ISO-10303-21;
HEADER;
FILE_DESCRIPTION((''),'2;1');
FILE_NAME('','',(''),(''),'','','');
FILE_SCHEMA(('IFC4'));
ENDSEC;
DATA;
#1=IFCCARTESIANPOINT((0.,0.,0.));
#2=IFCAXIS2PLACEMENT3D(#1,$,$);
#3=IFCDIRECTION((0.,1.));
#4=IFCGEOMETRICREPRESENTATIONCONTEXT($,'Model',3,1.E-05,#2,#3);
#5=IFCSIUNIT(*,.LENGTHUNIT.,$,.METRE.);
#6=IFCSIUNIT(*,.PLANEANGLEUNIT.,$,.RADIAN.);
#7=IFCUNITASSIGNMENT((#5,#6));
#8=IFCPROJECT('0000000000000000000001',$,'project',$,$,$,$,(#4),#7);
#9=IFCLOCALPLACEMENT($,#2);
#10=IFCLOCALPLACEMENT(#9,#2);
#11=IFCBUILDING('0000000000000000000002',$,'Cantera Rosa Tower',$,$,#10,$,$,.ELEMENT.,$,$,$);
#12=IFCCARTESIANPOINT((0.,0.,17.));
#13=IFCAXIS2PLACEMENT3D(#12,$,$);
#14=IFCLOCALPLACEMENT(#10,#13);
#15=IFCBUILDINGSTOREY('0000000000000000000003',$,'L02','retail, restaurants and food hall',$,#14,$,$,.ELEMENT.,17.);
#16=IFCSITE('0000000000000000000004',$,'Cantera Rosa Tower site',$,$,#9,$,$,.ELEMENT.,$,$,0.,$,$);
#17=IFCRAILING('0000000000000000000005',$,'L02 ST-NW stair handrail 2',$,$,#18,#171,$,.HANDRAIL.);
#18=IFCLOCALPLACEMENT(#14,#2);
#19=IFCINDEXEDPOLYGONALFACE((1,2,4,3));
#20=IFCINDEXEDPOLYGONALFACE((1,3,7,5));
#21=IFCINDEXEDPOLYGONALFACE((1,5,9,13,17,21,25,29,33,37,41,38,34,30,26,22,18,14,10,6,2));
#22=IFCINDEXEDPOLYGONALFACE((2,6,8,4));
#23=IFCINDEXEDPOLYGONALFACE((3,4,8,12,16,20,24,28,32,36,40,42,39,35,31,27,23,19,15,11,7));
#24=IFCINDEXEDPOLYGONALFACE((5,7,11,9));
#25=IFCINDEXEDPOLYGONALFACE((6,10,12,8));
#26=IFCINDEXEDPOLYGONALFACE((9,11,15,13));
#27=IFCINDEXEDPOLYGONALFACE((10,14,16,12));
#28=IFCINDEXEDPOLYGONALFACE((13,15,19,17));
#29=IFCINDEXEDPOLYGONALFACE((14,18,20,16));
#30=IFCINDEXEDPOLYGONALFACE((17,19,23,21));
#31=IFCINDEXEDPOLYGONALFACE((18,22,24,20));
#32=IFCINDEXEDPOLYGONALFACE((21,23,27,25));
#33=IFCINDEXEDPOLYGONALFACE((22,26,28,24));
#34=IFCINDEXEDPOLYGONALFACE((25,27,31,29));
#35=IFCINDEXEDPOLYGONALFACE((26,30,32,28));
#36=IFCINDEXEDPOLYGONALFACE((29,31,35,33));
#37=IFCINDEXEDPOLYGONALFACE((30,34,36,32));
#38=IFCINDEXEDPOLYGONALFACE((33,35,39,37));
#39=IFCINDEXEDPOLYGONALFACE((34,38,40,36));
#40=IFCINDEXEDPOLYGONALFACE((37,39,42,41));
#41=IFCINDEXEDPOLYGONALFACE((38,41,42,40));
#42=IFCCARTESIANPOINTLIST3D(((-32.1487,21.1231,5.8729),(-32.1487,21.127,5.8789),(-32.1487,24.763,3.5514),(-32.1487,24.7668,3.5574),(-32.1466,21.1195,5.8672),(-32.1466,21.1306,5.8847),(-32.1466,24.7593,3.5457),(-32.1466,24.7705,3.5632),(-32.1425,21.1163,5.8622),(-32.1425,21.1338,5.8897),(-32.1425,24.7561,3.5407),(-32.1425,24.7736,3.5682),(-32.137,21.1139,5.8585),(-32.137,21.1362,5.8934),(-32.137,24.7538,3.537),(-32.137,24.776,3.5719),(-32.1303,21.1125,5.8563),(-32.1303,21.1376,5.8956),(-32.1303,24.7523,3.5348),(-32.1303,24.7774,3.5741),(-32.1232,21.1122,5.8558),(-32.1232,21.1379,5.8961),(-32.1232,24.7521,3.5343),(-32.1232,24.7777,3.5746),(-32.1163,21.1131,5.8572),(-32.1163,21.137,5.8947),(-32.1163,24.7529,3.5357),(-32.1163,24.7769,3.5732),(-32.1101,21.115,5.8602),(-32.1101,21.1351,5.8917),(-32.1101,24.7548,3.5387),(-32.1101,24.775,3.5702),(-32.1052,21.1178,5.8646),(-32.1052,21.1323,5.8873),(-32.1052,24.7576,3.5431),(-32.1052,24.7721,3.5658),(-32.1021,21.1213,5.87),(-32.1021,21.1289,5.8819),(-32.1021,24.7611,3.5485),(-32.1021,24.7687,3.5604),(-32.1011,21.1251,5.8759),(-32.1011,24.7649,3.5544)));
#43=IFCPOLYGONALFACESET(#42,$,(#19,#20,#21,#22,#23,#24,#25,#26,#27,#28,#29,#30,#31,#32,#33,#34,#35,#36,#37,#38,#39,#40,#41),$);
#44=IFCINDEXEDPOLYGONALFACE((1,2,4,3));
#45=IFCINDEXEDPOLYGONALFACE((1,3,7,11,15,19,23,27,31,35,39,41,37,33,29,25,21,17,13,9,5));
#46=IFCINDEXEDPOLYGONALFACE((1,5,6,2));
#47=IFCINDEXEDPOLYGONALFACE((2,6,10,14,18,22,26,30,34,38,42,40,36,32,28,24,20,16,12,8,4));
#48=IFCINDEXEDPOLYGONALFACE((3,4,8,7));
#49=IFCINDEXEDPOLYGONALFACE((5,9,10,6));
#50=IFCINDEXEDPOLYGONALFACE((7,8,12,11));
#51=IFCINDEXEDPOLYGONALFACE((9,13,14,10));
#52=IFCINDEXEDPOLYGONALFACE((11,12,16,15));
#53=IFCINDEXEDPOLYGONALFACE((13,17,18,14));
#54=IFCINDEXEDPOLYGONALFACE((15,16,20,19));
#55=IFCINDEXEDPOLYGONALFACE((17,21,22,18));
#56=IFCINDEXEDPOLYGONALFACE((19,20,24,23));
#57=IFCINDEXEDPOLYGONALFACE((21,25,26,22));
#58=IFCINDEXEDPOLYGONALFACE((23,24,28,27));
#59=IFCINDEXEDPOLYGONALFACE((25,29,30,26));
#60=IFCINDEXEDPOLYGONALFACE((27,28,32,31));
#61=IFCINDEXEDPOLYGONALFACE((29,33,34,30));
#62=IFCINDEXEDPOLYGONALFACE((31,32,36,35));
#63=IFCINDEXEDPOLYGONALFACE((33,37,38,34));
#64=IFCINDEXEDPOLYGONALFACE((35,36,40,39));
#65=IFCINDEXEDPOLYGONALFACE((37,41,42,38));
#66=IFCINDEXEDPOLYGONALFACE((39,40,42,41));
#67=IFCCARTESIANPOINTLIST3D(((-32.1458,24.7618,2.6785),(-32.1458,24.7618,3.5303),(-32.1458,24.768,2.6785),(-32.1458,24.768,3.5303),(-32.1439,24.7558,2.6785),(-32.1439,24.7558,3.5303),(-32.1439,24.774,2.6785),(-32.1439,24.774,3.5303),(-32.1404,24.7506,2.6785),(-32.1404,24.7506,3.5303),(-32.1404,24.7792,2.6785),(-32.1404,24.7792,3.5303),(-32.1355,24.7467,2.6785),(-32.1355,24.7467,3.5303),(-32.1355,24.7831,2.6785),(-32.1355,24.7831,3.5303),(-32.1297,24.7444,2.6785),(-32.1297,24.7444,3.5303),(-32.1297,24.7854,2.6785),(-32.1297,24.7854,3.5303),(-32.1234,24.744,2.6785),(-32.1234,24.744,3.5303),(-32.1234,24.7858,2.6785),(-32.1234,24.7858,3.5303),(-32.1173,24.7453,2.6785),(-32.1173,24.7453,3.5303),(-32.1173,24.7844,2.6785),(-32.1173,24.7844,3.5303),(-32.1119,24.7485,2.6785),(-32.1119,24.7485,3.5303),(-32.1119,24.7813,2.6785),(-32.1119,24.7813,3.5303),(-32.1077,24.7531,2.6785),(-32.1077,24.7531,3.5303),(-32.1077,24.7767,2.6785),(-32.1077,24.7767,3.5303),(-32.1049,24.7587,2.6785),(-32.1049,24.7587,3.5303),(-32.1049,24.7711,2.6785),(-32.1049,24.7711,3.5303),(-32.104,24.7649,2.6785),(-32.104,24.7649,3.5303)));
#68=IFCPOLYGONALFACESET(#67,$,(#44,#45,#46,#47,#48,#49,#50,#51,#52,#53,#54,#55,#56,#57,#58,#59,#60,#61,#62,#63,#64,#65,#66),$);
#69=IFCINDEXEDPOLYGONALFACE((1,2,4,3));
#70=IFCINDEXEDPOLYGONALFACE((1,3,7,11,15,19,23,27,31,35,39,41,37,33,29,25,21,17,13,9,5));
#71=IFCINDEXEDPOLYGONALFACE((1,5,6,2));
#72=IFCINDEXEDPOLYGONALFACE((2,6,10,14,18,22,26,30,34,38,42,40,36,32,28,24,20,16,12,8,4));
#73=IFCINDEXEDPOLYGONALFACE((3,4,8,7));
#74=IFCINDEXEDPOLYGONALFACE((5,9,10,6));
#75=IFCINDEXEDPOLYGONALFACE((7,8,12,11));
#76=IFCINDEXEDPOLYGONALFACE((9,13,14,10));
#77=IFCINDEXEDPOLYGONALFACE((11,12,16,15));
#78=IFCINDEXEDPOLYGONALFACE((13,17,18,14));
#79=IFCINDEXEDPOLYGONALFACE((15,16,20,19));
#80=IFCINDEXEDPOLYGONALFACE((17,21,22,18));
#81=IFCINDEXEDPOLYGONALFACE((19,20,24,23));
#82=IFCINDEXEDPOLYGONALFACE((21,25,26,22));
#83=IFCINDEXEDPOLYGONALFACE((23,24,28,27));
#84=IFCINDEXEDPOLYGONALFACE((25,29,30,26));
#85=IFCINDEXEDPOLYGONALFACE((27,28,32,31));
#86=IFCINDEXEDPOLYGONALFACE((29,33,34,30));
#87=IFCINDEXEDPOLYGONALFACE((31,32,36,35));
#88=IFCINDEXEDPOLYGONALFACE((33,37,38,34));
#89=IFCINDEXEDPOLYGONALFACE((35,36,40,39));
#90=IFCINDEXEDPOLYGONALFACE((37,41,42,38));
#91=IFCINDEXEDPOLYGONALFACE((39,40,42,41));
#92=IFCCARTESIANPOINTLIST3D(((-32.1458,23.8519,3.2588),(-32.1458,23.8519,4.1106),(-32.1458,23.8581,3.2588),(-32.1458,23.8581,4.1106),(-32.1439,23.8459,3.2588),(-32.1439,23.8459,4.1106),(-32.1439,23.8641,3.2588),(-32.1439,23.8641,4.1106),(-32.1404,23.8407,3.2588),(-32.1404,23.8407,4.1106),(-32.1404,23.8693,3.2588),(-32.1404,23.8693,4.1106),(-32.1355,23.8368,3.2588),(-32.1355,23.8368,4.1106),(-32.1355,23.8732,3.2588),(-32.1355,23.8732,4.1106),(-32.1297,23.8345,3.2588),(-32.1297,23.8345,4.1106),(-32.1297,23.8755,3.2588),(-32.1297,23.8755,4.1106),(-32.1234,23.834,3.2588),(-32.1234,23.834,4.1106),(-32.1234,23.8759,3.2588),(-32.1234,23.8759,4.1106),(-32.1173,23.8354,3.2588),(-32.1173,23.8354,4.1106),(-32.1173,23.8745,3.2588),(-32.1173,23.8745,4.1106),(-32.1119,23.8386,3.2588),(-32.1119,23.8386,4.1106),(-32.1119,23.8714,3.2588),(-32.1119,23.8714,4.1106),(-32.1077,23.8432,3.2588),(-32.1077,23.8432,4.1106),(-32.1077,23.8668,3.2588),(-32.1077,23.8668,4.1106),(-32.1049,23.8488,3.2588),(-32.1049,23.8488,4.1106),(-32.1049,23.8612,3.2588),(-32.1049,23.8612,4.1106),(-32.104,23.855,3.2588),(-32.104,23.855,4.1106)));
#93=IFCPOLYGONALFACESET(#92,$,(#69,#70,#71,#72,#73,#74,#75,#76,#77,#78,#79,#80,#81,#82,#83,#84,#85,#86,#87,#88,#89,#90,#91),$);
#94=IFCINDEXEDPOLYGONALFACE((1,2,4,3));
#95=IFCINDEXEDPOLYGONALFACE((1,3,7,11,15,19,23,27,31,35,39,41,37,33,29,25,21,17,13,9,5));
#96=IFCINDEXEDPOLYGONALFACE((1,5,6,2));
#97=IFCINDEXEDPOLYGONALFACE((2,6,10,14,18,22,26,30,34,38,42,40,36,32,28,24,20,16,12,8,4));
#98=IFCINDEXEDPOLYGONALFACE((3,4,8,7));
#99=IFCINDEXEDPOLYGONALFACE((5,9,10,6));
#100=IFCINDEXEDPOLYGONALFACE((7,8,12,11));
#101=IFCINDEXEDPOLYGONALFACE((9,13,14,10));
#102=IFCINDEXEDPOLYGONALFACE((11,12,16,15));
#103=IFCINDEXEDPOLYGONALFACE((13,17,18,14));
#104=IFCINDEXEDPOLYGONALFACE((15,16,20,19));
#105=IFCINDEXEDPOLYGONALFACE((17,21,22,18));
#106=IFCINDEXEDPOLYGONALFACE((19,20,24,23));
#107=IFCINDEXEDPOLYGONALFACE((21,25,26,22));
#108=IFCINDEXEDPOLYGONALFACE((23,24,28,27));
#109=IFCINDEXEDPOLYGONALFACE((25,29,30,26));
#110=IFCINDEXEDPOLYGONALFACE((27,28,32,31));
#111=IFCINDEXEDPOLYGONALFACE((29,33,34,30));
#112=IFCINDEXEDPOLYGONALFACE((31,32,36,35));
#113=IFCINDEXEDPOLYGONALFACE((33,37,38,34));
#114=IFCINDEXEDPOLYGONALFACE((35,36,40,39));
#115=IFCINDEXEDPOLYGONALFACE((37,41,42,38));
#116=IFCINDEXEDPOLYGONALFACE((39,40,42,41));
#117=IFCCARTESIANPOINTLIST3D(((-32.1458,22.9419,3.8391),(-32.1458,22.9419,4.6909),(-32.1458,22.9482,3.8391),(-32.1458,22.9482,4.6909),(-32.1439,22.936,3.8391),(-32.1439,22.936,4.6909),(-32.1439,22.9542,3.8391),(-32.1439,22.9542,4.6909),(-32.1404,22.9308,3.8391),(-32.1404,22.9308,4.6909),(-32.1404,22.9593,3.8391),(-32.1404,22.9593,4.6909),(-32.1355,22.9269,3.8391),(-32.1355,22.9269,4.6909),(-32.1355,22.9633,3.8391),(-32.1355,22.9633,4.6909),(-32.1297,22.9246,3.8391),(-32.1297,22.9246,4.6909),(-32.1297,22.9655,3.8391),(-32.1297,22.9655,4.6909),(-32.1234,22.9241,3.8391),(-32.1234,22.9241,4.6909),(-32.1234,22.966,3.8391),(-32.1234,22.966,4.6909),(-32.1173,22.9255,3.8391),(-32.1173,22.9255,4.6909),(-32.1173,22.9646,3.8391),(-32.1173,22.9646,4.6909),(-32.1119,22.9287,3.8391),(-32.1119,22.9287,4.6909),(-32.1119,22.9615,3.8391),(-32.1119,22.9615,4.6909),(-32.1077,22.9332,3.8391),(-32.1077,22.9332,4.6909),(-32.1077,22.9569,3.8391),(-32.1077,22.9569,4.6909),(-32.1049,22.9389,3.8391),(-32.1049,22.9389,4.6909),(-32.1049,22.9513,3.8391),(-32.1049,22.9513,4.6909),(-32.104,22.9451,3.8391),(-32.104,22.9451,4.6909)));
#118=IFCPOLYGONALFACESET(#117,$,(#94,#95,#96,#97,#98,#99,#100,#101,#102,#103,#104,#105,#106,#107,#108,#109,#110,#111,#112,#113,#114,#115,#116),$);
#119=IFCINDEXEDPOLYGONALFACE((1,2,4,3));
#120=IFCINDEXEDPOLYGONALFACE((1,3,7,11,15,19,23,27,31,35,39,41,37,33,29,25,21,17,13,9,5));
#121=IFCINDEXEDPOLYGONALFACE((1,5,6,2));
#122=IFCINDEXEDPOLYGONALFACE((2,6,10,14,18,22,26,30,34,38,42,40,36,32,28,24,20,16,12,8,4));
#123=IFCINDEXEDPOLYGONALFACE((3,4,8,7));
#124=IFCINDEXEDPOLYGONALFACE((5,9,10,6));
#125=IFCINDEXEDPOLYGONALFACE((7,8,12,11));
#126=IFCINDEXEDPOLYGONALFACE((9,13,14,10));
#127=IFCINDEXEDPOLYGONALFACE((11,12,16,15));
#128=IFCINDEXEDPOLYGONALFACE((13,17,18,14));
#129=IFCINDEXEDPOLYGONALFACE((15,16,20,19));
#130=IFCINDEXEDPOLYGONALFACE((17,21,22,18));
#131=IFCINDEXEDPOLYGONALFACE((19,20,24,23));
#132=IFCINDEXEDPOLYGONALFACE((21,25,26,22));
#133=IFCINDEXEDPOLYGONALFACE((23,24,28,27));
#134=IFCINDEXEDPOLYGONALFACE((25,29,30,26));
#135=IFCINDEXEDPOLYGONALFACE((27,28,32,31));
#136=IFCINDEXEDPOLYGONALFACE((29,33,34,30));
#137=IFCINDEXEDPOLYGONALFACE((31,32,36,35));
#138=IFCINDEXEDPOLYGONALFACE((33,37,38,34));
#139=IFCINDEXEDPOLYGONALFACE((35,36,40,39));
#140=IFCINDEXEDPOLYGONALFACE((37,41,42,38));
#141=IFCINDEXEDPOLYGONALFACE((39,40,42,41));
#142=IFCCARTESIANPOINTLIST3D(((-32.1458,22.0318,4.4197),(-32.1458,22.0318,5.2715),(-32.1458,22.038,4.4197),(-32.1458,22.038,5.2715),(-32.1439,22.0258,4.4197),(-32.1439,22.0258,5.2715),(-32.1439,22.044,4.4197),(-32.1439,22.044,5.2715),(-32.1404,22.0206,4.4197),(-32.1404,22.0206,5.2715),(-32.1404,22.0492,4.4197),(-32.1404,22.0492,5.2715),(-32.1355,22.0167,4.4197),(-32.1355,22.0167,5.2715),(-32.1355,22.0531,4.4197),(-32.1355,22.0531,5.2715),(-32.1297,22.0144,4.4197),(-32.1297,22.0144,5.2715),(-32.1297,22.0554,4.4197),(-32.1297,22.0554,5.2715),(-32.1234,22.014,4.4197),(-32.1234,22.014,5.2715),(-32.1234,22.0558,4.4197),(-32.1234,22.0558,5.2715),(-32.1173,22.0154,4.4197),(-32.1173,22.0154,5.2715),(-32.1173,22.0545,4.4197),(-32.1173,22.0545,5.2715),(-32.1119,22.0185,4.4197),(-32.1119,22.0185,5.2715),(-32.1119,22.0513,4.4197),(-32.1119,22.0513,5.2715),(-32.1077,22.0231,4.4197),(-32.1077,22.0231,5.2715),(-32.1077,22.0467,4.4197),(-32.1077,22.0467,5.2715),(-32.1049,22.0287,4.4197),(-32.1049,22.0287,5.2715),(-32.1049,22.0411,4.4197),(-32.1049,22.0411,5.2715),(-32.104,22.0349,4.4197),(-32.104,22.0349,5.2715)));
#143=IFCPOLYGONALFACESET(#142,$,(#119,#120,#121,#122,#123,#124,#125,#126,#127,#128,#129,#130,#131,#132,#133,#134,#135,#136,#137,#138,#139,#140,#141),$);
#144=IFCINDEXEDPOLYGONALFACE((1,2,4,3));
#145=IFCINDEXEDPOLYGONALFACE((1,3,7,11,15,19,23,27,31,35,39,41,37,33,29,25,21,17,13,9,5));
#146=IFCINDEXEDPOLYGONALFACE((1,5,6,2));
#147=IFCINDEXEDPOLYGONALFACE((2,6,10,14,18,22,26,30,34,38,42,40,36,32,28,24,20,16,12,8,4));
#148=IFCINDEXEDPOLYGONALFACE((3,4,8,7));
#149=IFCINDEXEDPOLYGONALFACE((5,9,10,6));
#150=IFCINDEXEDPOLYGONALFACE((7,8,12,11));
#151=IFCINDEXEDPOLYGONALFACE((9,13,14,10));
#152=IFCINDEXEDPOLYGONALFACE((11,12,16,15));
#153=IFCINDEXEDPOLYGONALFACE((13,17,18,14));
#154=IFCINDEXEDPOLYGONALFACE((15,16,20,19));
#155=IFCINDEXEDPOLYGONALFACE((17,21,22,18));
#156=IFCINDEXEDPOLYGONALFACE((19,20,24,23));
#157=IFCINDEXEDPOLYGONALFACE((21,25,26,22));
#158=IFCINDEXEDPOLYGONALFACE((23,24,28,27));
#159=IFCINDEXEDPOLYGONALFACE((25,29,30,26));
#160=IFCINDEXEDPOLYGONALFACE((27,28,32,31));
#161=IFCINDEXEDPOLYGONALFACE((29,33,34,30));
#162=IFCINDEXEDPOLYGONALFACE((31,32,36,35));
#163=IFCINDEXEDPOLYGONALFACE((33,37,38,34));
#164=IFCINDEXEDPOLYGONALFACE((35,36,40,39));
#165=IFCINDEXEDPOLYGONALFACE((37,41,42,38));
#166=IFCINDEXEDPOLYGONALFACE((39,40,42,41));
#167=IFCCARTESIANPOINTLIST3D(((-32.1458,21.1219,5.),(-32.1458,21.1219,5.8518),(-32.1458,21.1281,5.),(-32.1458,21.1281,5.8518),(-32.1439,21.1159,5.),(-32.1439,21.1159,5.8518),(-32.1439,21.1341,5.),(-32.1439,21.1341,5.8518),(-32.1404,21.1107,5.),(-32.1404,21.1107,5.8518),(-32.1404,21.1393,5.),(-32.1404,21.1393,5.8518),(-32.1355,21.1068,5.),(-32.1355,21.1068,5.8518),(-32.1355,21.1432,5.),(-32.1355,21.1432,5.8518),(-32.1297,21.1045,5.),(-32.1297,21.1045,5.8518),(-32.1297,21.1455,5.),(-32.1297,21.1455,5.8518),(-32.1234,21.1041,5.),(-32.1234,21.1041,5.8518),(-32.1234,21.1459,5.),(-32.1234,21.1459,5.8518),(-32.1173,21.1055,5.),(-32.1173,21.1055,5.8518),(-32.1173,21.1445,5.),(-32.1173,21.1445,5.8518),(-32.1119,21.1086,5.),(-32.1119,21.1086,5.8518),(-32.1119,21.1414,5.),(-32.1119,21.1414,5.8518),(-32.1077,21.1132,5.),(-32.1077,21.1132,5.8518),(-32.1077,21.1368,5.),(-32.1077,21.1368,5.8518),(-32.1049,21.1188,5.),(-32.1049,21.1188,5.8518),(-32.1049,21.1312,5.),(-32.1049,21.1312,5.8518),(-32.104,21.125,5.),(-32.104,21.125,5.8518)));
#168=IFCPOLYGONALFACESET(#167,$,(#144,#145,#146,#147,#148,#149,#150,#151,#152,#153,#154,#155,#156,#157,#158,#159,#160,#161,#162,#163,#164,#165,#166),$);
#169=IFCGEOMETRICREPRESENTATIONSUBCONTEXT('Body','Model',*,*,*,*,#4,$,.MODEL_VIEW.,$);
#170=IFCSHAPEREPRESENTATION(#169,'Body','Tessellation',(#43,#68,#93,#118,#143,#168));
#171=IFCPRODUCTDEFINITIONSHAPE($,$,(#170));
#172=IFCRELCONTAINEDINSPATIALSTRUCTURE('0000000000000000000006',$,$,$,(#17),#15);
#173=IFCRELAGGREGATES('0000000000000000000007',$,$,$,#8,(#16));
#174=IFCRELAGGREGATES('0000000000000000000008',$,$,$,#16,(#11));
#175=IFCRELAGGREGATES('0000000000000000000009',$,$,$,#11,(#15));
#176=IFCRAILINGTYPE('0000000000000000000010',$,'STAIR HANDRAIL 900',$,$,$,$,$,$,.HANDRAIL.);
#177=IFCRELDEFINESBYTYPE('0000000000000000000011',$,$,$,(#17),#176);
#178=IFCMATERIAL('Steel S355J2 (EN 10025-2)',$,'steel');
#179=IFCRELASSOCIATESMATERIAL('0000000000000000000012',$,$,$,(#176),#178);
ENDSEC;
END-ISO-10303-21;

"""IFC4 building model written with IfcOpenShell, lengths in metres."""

from ifc_helpers import new_model, si_unit, direction, frame, origin, origin_2d, place, context, subcontext, project, spatial, circle, extrude, material, type_object, element, save


model = new_model("IFC4")

# Units and contexts
model_context = context("Model", 3, precision=1e-05, world=origin(), true_north=direction((0.0, 1.0)))
body_context = subcontext(model_context, "Body", "Model", "MODEL_VIEW")
ifc_project = project(units=[si_unit("LENGTHUNIT", "METRE"), si_unit("PLANEANGLEUNIT", "RADIAN")], contexts=[model_context])

# Site, building, storey
site_placement = place(None, origin())
site = spatial("IfcSite", under=ifc_project, at=site_placement, Name="Cantera Rosa Tower site", CompositionType="ELEMENT", RefElevation=0.0)
building_placement = place(site_placement, origin())
building = spatial("IfcBuilding", under=site, at=building_placement, Name="Cantera Rosa Tower", CompositionType="ELEMENT")
storey_placement = place(building_placement, frame((0.0, 0.0, 17.0)))
storey = spatial("IfcBuildingStorey", under=building, at=storey_placement, Name="L02", Description="retail, restaurants and food hall", CompositionType="ELEMENT", Elevation=17.0)

# Railing
ifc_material_1 = material(Name="Steel S355J2 (EN 10025-2)", Category="steel")
railing_type_1 = type_object("IfcRailingType", Name="STAIR HANDRAIL 900", PredefinedType="HANDRAIL", material=ifc_material_1)
railing_1_placement = place(storey_placement, frame((-32.125, 24.7649, 2.6785)))
element("IfcRailing", 1, at=railing_1_placement, inside=storey, type_object=railing_type_1, Name="L02 ST-NW stair handrail 2", PredefinedType="HANDRAIL", context=body_context, shape_type="SweptSolid", body=[
    extrude(circle(Radius=0.0239, at=origin_2d()), frame((0.0, 0.0, 0.876), z_axis=(0.0, -0.843112, 0.537739), x_axis=(1.0, 0.0, 0.0)), (0.0, 0.0, 1.0), 4.3171),
    extrude(circle(Radius=0.021, at=origin_2d()), origin(), (0.0, 0.0, 1.0), 0.8518),
    extrude(circle(Radius=0.021, at=origin_2d()), frame((0.0, -0.9099, 0.5803)), (0.0, 0.0, 1.0), 0.8518),
    extrude(circle(Radius=0.021, at=origin_2d()), frame((0.0, -1.8198, 1.1606)), (0.0, 0.0, 1.0), 0.8518),
    extrude(circle(Radius=0.021, at=origin_2d()), frame((0.0, -2.73, 1.7412)), (0.0, 0.0, 1.0), 0.8518),
    extrude(circle(Radius=0.021, at=origin_2d()), frame((0.0, -3.6399, 2.3215)), (0.0, 0.0, 1.0), 0.8518),
])

save(model, "model.ifc")
